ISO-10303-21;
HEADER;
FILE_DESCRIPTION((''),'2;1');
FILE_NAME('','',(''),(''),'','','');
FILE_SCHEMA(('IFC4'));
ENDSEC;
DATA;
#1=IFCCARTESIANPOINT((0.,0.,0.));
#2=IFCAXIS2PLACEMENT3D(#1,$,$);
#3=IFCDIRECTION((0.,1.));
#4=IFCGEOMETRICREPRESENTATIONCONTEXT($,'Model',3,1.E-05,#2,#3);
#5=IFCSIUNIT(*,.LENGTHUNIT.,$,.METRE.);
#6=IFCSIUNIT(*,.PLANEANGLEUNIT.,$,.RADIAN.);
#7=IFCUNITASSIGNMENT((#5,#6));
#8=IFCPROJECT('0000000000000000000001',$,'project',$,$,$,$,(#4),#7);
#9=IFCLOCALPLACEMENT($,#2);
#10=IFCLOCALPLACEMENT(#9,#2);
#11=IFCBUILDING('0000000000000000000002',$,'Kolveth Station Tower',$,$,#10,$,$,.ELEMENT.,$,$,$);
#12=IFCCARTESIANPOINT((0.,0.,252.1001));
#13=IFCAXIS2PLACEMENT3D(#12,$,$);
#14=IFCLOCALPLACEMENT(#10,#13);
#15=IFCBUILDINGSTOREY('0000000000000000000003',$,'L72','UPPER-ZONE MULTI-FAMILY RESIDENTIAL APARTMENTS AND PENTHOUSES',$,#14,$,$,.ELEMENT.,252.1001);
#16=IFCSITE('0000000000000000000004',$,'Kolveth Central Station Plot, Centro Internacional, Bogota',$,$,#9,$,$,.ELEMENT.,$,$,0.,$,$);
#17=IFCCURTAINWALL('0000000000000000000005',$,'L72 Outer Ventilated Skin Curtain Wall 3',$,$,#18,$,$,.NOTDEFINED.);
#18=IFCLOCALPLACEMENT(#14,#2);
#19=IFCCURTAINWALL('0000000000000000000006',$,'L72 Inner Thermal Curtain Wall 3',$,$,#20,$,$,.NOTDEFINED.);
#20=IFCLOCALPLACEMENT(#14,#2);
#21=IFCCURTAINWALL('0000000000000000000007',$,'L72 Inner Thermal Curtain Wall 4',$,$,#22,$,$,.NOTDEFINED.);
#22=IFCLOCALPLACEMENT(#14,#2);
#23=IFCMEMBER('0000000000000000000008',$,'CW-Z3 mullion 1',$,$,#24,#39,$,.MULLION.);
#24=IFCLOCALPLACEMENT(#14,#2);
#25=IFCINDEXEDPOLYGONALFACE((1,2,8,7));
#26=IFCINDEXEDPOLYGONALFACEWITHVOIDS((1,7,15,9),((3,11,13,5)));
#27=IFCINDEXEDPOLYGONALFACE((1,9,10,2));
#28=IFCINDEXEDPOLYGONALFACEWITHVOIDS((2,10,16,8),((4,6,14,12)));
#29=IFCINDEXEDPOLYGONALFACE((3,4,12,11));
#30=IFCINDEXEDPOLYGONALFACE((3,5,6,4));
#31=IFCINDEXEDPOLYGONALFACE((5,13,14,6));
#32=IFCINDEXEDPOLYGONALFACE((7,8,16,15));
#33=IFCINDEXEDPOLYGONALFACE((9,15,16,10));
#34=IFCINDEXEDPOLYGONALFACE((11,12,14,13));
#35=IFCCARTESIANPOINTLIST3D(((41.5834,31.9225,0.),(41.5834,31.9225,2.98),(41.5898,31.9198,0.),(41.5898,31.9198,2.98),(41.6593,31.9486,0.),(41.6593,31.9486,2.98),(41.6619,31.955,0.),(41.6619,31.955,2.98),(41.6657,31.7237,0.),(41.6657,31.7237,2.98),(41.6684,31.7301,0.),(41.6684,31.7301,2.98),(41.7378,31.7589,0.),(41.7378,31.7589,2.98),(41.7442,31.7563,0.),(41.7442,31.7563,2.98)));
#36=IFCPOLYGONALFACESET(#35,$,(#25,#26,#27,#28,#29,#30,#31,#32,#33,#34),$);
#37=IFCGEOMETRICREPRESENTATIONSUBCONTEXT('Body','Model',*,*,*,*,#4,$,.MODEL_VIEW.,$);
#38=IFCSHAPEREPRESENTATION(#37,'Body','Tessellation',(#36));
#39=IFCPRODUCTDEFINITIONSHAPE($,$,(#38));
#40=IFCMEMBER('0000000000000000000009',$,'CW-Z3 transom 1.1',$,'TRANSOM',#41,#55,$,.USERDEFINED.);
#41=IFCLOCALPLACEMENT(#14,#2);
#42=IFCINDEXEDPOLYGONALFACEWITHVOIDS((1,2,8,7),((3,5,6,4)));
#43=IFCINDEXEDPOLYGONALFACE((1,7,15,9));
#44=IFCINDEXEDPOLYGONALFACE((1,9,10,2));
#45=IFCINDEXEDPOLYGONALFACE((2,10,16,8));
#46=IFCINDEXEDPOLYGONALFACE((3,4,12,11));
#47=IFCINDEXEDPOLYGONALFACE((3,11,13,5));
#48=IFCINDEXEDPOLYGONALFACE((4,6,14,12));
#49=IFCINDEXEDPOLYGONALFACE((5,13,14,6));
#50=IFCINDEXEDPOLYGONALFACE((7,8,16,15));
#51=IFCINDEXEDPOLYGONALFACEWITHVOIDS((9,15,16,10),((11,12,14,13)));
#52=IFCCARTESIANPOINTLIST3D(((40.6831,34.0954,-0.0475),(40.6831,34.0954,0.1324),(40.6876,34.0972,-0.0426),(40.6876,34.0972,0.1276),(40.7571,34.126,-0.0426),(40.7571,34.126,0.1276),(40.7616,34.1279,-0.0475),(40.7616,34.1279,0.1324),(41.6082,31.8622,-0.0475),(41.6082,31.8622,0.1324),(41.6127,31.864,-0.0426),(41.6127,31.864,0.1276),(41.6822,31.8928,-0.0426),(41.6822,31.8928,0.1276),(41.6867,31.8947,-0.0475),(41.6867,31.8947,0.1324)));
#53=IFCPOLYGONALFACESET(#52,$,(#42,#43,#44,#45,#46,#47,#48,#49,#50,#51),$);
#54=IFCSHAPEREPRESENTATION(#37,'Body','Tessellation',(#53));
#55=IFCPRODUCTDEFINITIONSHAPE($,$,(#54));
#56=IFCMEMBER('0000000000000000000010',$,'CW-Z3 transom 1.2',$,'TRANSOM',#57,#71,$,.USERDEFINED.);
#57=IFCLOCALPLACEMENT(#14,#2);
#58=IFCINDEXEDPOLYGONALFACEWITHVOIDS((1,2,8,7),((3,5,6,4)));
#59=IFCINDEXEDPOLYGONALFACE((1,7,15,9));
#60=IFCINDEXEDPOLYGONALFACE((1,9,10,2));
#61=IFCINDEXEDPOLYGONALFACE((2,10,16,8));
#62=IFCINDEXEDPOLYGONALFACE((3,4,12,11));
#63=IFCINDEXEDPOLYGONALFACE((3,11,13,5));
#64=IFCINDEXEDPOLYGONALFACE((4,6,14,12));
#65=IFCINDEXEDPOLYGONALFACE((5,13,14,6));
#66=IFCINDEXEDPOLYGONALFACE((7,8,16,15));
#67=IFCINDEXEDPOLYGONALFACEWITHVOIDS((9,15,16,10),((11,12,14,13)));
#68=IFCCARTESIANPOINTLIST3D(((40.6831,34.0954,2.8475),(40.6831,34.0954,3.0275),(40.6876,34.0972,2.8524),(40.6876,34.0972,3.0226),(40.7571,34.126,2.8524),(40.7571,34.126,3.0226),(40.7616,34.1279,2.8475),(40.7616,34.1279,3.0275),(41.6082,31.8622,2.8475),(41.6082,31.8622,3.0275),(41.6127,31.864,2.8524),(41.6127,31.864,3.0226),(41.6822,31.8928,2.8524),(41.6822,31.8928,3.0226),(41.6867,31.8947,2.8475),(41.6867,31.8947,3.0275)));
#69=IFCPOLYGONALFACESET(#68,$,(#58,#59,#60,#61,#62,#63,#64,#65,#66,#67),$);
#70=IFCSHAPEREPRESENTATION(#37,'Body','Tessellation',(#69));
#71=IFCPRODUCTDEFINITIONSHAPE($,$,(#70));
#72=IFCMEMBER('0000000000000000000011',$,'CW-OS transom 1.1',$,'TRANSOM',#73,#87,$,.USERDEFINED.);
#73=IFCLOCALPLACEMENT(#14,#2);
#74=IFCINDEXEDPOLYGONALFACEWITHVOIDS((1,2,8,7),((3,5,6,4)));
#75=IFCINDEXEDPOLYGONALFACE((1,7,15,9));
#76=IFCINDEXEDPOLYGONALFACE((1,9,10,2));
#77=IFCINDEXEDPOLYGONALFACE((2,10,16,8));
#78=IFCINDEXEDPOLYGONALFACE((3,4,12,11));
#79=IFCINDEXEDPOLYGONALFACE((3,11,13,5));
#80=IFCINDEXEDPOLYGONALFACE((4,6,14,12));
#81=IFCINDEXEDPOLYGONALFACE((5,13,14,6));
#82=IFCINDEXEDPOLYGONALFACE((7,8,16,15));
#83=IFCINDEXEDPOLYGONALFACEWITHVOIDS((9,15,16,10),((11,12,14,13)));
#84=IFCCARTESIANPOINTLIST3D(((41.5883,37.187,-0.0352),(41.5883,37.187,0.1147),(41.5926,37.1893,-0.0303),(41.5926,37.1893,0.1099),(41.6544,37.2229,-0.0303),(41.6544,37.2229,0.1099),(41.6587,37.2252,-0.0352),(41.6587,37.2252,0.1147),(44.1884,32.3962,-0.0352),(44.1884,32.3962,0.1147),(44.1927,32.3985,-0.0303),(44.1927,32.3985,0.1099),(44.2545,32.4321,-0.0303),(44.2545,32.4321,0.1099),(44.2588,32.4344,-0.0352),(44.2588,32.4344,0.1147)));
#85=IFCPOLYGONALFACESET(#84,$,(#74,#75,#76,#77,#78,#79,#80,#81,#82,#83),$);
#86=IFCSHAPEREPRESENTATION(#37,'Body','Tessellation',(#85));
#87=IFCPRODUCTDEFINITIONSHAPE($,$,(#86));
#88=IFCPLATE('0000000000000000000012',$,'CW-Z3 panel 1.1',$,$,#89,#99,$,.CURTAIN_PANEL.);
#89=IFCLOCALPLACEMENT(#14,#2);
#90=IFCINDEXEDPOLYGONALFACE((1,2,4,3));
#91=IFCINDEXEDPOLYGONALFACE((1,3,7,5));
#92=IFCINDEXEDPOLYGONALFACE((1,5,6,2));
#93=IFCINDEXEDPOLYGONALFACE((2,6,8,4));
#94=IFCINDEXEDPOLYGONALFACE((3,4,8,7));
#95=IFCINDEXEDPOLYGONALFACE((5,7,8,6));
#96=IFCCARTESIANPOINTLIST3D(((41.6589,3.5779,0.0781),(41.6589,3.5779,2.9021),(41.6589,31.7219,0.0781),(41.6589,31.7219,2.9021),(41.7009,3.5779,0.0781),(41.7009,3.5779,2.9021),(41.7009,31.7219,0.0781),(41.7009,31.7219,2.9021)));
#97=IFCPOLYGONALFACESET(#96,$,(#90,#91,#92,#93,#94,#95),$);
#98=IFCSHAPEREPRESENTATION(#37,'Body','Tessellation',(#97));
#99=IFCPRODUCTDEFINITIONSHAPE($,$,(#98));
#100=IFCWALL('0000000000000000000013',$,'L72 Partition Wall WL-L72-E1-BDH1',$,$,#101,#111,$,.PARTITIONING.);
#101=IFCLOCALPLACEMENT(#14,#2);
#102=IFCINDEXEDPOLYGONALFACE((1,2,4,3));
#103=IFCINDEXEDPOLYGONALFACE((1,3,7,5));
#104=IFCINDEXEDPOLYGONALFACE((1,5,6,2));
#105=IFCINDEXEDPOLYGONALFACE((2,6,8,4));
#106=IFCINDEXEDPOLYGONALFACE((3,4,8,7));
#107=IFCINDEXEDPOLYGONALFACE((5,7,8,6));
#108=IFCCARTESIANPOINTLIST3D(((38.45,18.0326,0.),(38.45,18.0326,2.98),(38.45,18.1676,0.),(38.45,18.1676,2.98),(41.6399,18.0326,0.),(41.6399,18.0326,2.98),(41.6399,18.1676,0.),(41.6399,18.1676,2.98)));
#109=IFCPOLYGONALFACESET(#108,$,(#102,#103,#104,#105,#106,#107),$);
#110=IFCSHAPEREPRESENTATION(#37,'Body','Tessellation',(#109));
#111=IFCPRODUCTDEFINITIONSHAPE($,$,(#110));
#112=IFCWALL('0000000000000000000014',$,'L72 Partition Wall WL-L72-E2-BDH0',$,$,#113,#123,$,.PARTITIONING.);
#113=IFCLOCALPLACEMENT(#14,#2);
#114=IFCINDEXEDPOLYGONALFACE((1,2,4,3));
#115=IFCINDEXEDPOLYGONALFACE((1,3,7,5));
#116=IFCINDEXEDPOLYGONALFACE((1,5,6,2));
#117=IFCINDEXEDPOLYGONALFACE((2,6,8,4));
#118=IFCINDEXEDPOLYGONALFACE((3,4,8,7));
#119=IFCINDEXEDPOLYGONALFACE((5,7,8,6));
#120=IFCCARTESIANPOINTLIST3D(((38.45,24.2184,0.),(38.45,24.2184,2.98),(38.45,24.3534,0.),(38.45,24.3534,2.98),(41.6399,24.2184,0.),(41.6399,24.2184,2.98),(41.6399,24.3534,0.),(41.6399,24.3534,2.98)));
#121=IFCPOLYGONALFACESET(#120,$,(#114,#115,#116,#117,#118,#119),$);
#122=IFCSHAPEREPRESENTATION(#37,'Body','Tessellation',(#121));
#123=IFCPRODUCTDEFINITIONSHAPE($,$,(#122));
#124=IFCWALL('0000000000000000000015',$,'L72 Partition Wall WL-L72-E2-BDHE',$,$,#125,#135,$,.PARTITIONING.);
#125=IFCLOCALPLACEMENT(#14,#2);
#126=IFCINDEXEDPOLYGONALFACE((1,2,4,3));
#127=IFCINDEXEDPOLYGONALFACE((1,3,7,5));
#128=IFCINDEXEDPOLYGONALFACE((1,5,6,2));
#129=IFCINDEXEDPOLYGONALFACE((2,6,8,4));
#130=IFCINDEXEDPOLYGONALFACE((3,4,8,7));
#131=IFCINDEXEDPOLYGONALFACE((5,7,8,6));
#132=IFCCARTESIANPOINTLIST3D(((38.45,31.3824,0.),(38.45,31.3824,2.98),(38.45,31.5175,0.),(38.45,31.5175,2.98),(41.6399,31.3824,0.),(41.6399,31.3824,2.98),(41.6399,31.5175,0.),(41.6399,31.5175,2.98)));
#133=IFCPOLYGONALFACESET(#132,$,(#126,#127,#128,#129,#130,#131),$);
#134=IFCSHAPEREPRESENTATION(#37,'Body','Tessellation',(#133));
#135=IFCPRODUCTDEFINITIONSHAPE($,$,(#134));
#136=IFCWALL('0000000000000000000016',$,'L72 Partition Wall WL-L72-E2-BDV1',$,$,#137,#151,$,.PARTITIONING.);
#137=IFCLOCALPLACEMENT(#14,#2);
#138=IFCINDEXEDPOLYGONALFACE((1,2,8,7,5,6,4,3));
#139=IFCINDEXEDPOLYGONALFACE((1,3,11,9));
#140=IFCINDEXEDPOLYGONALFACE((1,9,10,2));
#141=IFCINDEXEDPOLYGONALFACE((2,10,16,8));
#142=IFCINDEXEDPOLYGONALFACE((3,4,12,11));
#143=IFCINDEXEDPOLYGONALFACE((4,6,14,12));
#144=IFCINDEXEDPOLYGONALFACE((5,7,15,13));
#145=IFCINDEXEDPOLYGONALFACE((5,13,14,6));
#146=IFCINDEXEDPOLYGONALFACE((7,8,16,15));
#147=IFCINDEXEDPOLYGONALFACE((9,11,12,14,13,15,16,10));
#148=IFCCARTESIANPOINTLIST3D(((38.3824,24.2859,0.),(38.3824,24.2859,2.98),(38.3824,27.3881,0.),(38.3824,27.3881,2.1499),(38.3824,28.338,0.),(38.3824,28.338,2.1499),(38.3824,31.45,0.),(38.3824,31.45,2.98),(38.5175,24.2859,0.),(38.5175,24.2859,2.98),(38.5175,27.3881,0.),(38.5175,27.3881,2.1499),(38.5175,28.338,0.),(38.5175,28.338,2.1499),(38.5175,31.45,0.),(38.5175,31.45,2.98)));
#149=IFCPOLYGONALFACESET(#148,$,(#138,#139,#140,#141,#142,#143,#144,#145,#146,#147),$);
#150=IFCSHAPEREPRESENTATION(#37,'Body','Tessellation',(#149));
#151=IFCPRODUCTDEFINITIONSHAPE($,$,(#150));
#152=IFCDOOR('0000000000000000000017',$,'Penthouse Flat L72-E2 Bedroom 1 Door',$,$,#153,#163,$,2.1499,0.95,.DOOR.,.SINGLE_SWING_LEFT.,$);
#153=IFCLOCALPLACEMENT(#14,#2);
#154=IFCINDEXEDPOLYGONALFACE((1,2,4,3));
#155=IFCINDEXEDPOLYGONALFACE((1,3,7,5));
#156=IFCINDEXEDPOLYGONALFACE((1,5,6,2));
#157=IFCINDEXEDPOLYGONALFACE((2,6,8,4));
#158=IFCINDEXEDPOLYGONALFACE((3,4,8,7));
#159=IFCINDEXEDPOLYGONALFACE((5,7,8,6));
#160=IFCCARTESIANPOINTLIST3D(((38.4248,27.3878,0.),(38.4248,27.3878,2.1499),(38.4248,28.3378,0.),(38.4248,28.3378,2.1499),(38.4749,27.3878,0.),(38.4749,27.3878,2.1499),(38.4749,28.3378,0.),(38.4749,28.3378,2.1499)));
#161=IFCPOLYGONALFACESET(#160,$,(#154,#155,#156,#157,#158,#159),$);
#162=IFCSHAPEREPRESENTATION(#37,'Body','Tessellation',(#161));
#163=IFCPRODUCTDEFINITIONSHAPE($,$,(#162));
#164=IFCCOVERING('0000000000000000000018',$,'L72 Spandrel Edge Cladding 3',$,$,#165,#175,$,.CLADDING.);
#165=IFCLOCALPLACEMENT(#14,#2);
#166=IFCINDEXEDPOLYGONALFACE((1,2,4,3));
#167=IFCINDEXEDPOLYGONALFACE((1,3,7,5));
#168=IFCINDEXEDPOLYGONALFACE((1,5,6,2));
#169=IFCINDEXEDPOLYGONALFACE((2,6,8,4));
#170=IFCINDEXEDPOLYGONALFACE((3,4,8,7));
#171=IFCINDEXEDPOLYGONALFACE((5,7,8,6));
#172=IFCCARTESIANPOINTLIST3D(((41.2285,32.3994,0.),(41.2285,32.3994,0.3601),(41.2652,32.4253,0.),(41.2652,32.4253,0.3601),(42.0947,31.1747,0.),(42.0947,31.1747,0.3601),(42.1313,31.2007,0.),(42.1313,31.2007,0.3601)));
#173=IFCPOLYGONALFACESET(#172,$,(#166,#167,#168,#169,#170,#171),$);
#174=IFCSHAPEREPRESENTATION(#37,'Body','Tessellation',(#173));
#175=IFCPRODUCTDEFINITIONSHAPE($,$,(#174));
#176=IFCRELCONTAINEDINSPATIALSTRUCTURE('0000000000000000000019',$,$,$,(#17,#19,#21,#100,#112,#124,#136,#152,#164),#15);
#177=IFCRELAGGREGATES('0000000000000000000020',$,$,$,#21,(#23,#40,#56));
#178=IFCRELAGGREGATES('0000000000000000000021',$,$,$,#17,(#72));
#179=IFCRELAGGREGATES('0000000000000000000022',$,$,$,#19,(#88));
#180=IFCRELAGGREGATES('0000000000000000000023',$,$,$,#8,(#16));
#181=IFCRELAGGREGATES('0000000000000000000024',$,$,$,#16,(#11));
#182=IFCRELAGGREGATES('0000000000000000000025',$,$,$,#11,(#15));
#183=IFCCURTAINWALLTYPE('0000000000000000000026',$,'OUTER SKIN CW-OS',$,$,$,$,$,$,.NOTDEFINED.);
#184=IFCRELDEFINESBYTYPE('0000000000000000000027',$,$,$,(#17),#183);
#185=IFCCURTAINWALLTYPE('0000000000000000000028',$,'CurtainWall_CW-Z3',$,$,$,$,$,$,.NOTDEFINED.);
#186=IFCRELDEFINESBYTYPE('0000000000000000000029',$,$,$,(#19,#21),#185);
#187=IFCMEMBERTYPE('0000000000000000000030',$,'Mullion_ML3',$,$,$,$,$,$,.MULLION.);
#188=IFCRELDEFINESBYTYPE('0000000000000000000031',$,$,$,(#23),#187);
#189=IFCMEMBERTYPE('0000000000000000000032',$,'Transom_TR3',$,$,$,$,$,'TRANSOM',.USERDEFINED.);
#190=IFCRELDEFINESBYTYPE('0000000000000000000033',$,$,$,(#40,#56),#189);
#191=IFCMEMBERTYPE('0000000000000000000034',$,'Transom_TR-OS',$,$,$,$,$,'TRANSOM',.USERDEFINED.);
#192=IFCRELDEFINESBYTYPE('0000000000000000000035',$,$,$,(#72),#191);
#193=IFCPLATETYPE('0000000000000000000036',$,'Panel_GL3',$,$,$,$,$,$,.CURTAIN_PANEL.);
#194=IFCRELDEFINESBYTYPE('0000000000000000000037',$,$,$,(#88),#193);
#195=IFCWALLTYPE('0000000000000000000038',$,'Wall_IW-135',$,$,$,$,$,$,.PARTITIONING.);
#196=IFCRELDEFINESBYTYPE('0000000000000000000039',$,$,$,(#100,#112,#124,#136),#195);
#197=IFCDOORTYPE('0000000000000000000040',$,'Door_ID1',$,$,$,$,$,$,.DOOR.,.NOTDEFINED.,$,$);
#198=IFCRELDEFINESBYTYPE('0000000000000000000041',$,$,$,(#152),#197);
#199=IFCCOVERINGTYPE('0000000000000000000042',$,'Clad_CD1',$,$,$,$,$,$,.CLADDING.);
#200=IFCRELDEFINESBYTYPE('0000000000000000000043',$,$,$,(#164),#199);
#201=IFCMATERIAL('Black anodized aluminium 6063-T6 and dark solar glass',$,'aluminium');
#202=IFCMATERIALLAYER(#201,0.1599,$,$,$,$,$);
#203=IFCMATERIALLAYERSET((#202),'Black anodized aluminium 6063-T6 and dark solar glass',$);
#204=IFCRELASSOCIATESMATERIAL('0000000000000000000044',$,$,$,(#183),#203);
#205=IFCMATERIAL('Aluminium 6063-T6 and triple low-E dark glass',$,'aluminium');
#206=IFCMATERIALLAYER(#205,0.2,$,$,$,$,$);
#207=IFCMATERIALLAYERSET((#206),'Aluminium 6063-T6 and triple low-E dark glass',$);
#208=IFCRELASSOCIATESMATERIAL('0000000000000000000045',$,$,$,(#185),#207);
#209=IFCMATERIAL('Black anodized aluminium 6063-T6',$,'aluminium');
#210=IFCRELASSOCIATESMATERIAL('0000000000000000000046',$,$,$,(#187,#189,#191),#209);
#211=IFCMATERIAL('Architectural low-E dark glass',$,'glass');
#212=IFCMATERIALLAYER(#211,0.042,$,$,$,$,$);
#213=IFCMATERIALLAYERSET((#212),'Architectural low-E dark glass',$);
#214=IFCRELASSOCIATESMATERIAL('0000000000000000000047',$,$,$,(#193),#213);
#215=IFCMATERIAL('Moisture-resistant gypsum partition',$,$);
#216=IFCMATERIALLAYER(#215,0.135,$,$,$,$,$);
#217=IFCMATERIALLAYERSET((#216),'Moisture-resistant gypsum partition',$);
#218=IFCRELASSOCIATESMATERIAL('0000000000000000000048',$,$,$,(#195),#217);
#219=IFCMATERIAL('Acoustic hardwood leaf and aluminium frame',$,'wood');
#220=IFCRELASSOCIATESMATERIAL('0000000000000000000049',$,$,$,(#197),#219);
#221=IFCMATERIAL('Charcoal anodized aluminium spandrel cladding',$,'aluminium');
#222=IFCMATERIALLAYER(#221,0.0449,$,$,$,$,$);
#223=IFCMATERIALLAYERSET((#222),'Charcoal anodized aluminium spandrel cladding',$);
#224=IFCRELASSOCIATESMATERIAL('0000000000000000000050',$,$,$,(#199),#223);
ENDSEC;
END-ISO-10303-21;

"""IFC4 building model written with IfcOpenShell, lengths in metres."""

from ifc_helpers import new_model, si_unit, direction, frame, frame_2d, origin, origin_2d, place, context, subcontext, project, spatial, rectangle, hollow_rectangle, extrude, source, transform, mapped, material, layer, layer_set, material_profile, profile_set, type_object, element, fill, aggregate, save


model = new_model("IFC4")

# Units and contexts
model_context = context("Model", 3, precision=1e-05, world=origin(), true_north=direction((0.0, 1.0)))
body_context = subcontext(model_context, "Body", "Model", "MODEL_VIEW")
ifc_project = project(units=[si_unit("LENGTHUNIT", "METRE"), si_unit("PLANEANGLEUNIT", "RADIAN")], contexts=[model_context])

# Site, building, storey
site_placement = place(None, origin())
site = spatial("IfcSite", under=ifc_project, at=site_placement, Name="Kolveth Central Station Plot, Centro Internacional, Bogota", CompositionType="ELEMENT", RefElevation=0.0)
building_placement = place(site_placement, origin())
building = spatial("IfcBuilding", under=site, at=building_placement, Name="Kolveth Station Tower", CompositionType="ELEMENT")
storey_placement = place(building_placement, frame((0.0, 0.0, 252.1001)))
storey = spatial("IfcBuildingStorey", under=building, at=storey_placement, Name="L72", Description="UPPER-ZONE MULTI-FAMILY RESIDENTIAL APARTMENTS AND PENTHOUSES", CompositionType="ELEMENT", Elevation=252.1001)

# Curtain walls
ifc_material_1 = material(Name="Black anodized aluminium 6063-T6 and dark solar glass", Category="aluminium")
ifc_layer_1 = layer(ifc_material_1, 0.1599)
ifc_layer_set_1 = layer_set([ifc_layer_1], Name="Black anodized aluminium 6063-T6 and dark solar glass")
curtain_wall_type_1 = type_object("IfcCurtainWallType", Name="OUTER SKIN CW-OS", PredefinedType="NOTDEFINED", material=ifc_layer_set_1)
ifc_material_2 = material(Name="Black anodized aluminium 6063-T6", Category="aluminium")
curtain_wall_1_placement = place(storey_placement, origin())
curtain_wall_1 = element("IfcCurtainWall", 1, at=curtain_wall_1_placement, inside=storey, type_object=curtain_wall_type_1, Name="L72 Outer Ventilated Skin Curtain Wall 3", PredefinedType="NOTDEFINED")
ifc_material_3 = material(Name="Aluminium 6063-T6 and triple low-E dark glass", Category="aluminium")
ifc_layer_2 = layer(ifc_material_3, 0.2)
ifc_layer_set_2 = layer_set([ifc_layer_2], Name="Aluminium 6063-T6 and triple low-E dark glass")
curtain_wall_type_2 = type_object("IfcCurtainWallType", Name="CurtainWall_CW-Z3", PredefinedType="NOTDEFINED", material=ifc_layer_set_2)
curtain_wall_2_placement = place(storey_placement, origin())
curtain_wall_2 = element("IfcCurtainWall", 2, at=curtain_wall_2_placement, inside=storey, type_object=curtain_wall_type_2, Name="L72 Inner Thermal Curtain Wall 3", PredefinedType="NOTDEFINED")
ifc_material_profile_1 = material_profile(ifc_material_2, hollow_rectangle(XDim=0.085, YDim=0.2151, WallThickness=0.0049, at=origin_2d()), Name="ALU-85x215x5")
ifc_profile_set_1 = profile_set([ifc_material_profile_1], Name="Black anodized aluminium 6063-T6")
member_type_1 = type_object("IfcMemberType", Name="Mullion_ML3", PredefinedType="MULLION", material=ifc_profile_set_1)
shared_shape_1 = source(origin(), body_context, "Body", "SweptSolid", [
    extrude(hollow_rectangle(XDim=0.085, YDim=0.2151, WallThickness=0.0049, at=origin_2d()), origin(), (0.0, 0.0, 1.0), 2.98),
])

# Curtain wall, members
curtain_wall_3_placement = place(storey_placement, origin())
curtain_wall_3 = element("IfcCurtainWall", 3, at=curtain_wall_3_placement, inside=storey, type_object=curtain_wall_type_2, Name="L72 Inner Thermal Curtain Wall 4", PredefinedType="NOTDEFINED")
member_1_placement = place(storey_placement, frame((41.6638, 31.8394, 0.0), z_axis=(0.0, 0.0, 1.0), x_axis=(-0.923875, -0.382693, 0.0)))
member_1 = element("IfcMember", 4, at=member_1_placement, type_object=member_type_1, Name="CW-Z3 mullion 1", PredefinedType="MULLION", context=body_context, shape_type="MappedRepresentation", body=[
    mapped(shared_shape_1, transform((0.0, 0.0, 0.0), x_axis=(1.0, 0.0, 0.0), y_axis=(0.0, 1.0, 0.0), z_axis=(0.0, 0.0, 1.0), scale=1.0)),
])
ifc_material_profile_2 = material_profile(ifc_material_2, hollow_rectangle(XDim=0.085, YDim=0.1799, WallThickness=0.0049, at=origin_2d()), Name="ALU-85x180x5")
ifc_profile_set_2 = profile_set([ifc_material_profile_2], Name="Black anodized aluminium 6063-T6")
member_type_2 = type_object("IfcMemberType", Name="Transom_TR3", ElementType="TRANSOM", PredefinedType="USERDEFINED", material=ifc_profile_set_2)
shared_shape_2 = source(origin(), body_context, "Body", "SweptSolid", [
    extrude(hollow_rectangle(XDim=0.085, YDim=0.1799, WallThickness=0.0049, at=origin_2d()), origin(), (0.0, 0.0, 1.0), 2.4172),
])
member_2_placement = place(storey_placement, frame((41.6475, 31.8784, 0.0425), z_axis=(-0.3827, 0.923873, 0.0), x_axis=(-0.923873, -0.3827, 0.0)))
member_2 = element("IfcMember", 5, at=member_2_placement, type_object=member_type_2, Name="CW-Z3 transom 1.1", ObjectType="TRANSOM", PredefinedType="USERDEFINED", context=body_context, shape_type="MappedRepresentation", body=[
    mapped(shared_shape_2, transform((0.0, 0.0, 0.0), x_axis=(1.0, 0.0, 0.0), y_axis=(0.0, 1.0, 0.0), z_axis=(0.0, 0.0, 1.0), scale=1.0)),
])
member_3_placement = place(storey_placement, frame((41.6475, 31.8784, 2.9375), z_axis=(-0.3827, 0.923873, 0.0), x_axis=(-0.923873, -0.3827, 0.0)))
member_3 = element("IfcMember", 6, at=member_3_placement, type_object=member_type_2, Name="CW-Z3 transom 1.2", ObjectType="TRANSOM", PredefinedType="USERDEFINED", context=body_context, shape_type="MappedRepresentation", body=[
    mapped(shared_shape_2, transform((0.0, 0.0, 0.0), x_axis=(1.0, 0.0, 0.0), y_axis=(0.0, 1.0, 0.0), z_axis=(0.0, 0.0, 1.0), scale=1.0)),
])
aggregate(curtain_wall_3, [member_1, member_2, member_3])

# Member
ifc_material_profile_3 = material_profile(ifc_material_2, hollow_rectangle(XDim=0.0801, YDim=0.1499, WallThickness=0.0049, at=origin_2d()), Name="ALU-80x150x5")
ifc_profile_set_3 = profile_set([ifc_material_profile_3], Name="Black anodized aluminium 6063-T6")
member_type_3 = type_object("IfcMemberType", Name="Transom_TR-OS", ElementType="TRANSOM", PredefinedType="USERDEFINED", material=ifc_profile_set_3)
shared_shape_3 = source(origin(), body_context, "Body", "SweptSolid", [
    extrude(hollow_rectangle(XDim=0.0801, YDim=0.1499, WallThickness=0.0049, at=origin_2d()), origin(), (0.0, 0.0, 1.0), 5.4509),
])
member_4_placement = place(storey_placement, frame((44.2236, 32.4153, 0.0398), z_axis=(-0.477006, 0.8789, 0.0), x_axis=(-0.8789, -0.477006, 0.0)))
member_4 = element("IfcMember", 7, at=member_4_placement, type_object=member_type_3, Name="CW-OS transom 1.1", ObjectType="TRANSOM", PredefinedType="USERDEFINED", context=body_context, shape_type="MappedRepresentation", body=[
    mapped(shared_shape_3, transform((0.0, 0.0, 0.0), x_axis=(1.0, 0.0, 0.0), y_axis=(0.0, 1.0, 0.0), z_axis=(0.0, 0.0, 1.0), scale=1.0)),
])
aggregate(curtain_wall_1, [member_4])

# Plate
ifc_material_4 = material(Name="Architectural low-E dark glass", Category="glass")
ifc_layer_3 = layer(ifc_material_4, 0.042)
ifc_layer_set_3 = layer_set([ifc_layer_3], Name="Architectural low-E dark glass")
plate_type = type_object("IfcPlateType", Name="Panel_GL3", PredefinedType="CURTAIN_PANEL", material=ifc_layer_set_3)
shared_shape_4 = source(origin(), body_context, "Body", "SweptSolid", [
    extrude(rectangle(XDim=28.144, YDim=0.042, at=origin_2d()), origin(), (0.0, 0.0, 1.0), 2.824),
])
plate_placement = place(storey_placement, frame((41.6799, 17.6499, 0.0781), z_axis=(0.0, 0.0, 1.0), x_axis=(0.0, 1.0, 0.0)))
plate = element("IfcPlate", 8, at=plate_placement, type_object=plate_type, Name="CW-Z3 panel 1.1", PredefinedType="CURTAIN_PANEL", context=body_context, shape_type="MappedRepresentation", body=[
    mapped(shared_shape_4, transform((0.0, 0.0, 0.0), x_axis=(1.0, 0.0, 0.0), y_axis=(0.0, 1.0, 0.0), z_axis=(0.0, 0.0, 1.0), scale=1.0)),
])
aggregate(curtain_wall_2, [plate])

# Shared definitions
ifc_material_5 = material(Name="Moisture-resistant gypsum partition")
ifc_layer_4 = layer(ifc_material_5, 0.135)
ifc_layer_set_4 = layer_set([ifc_layer_4], Name="Moisture-resistant gypsum partition")
wall_type = type_object("IfcWallType", Name="Wall_IW-135", PredefinedType="PARTITIONING", material=ifc_layer_set_4)
ifc_material_6 = material(Name="Acoustic hardwood leaf and aluminium frame", Category="wood")
door_type = type_object("IfcDoorType", Name="Door_ID1", OperationType="NOTDEFINED", PredefinedType="DOOR", material=ifc_material_6)

# Walls
for number, where, z_axis, x_axis, name in (
    (9, (38.45, 18.1001, 0.0), (0.0, 0.0, 1.0), (1.0, 0.0, 0.0), "L72 Partition Wall WL-L72-E1-BDH1"),
    (10, (38.45, 24.2859, 0.0), (0.0, 0.0, 1.0), (1.0, 0.0, 0.0), "L72 Partition Wall WL-L72-E2-BDH0"),
    (11, (38.45, 31.45, 0.0), (0.0, 0.0, 1.0), (1.0, 0.0, 0.0), "L72 Partition Wall WL-L72-E2-BDHE"),
):
    element("IfcWall", number, at=place(storey_placement, frame(where, z_axis=z_axis, x_axis=x_axis)), inside=storey, type_object=wall_type, Name=name, PredefinedType="PARTITIONING", context=body_context, shape_type="SweptSolid", body=[
        extrude(rectangle(XDim=3.1899, YDim=0.135, at=frame_2d((1.595, 0.0))), origin(), (0.0, 0.0, 1.0), 2.98),
    ])

# Wall, opening, door
wall_1_placement = place(storey_placement, frame((38.45, 24.2859, 0.0), z_axis=(0.0, 0.0, 1.0), x_axis=(0.0, 1.0, 0.0)))
wall_1 = element("IfcWall", 12, at=wall_1_placement, inside=storey, type_object=wall_type, Name="L72 Partition Wall WL-L72-E2-BDV1", PredefinedType="PARTITIONING", context=body_context, shape_type="SweptSolid", body=[
    extrude(rectangle(XDim=7.1641, YDim=0.135, at=frame_2d((3.582, 0.0))), origin(), (0.0, 0.0, 1.0), 2.98),
])
opening_1_placement = place(wall_1_placement, frame((3.1021, 0.0, 0.0)))
opening_1 = element("IfcOpeningElement", 13, at=opening_1_placement, cuts=wall_1, PredefinedType="OPENING", context=body_context, shape_type="SweptSolid", body=[
    extrude(rectangle(XDim=0.95, YDim=2.1499, at=frame_2d((0.4751, 1.075))), frame((0.0, 0.0774, 0.0), z_axis=(0.0, -1.0, 0.0), x_axis=(1.0, 0.0, 0.0)), (0.0, 0.0, 1.0), 0.155),
])
door_1_placement = place(opening_1_placement, frame((0.95, 0.0, 0.0), z_axis=(0.0, 0.0, 1.0), x_axis=(-1.0, 0.0, 0.0)))
door_1 = element("IfcDoor", 14, at=door_1_placement, inside=storey, type_object=door_type, Name="Penthouse Flat L72-E2 Bedroom 1 Door", OperationType="SINGLE_SWING_LEFT", OverallHeight=2.1499, OverallWidth=0.95, PredefinedType="DOOR", context=body_context, shape_type="SweptSolid", body=[
    extrude(rectangle(XDim=0.95, YDim=2.1499, at=frame_2d((0.4751, 1.075))), frame((0.0, 0.0249, 0.0), z_axis=(0.0, -1.0, 0.0), x_axis=(1.0, 0.0, 0.0)), (0.0, 0.0, 1.0), 0.05),
])
fill(opening_1, door_1)

# Covering
ifc_material_7 = material(Name="Charcoal anodized aluminium spandrel cladding", Category="aluminium")
ifc_layer_5 = layer(ifc_material_7, 0.0449)
ifc_layer_set_5 = layer_set([ifc_layer_5], Name="Charcoal anodized aluminium spandrel cladding")
covering_type = type_object("IfcCoveringType", Name="Clad_CD1", PredefinedType="CLADDING", material=ifc_layer_set_5)
shared_shape_5 = source(origin(), body_context, "Body", "SweptSolid", [
    extrude(rectangle(XDim=1.5, YDim=0.0449, at=origin_2d()), origin(), (0.0, 0.0, 1.0), 0.3601),
])
covering_placement = place(storey_placement, frame((41.6799, 31.8, 0.0), z_axis=(0.0, 0.0, 1.0), x_axis=(-0.57743, 0.81644, 0.0)))
element("IfcCovering", 15, at=covering_placement, inside=storey, type_object=covering_type, Name="L72 Spandrel Edge Cladding 3", PredefinedType="CLADDING", context=body_context, shape_type="MappedRepresentation", body=[
    mapped(shared_shape_5, transform((0.0, 0.0, 0.0), x_axis=(1.0, 0.0, 0.0), y_axis=(0.0, 1.0, 0.0), z_axis=(0.0, 0.0, 1.0), scale=1.0)),
])

save(model, "model.ifc")
